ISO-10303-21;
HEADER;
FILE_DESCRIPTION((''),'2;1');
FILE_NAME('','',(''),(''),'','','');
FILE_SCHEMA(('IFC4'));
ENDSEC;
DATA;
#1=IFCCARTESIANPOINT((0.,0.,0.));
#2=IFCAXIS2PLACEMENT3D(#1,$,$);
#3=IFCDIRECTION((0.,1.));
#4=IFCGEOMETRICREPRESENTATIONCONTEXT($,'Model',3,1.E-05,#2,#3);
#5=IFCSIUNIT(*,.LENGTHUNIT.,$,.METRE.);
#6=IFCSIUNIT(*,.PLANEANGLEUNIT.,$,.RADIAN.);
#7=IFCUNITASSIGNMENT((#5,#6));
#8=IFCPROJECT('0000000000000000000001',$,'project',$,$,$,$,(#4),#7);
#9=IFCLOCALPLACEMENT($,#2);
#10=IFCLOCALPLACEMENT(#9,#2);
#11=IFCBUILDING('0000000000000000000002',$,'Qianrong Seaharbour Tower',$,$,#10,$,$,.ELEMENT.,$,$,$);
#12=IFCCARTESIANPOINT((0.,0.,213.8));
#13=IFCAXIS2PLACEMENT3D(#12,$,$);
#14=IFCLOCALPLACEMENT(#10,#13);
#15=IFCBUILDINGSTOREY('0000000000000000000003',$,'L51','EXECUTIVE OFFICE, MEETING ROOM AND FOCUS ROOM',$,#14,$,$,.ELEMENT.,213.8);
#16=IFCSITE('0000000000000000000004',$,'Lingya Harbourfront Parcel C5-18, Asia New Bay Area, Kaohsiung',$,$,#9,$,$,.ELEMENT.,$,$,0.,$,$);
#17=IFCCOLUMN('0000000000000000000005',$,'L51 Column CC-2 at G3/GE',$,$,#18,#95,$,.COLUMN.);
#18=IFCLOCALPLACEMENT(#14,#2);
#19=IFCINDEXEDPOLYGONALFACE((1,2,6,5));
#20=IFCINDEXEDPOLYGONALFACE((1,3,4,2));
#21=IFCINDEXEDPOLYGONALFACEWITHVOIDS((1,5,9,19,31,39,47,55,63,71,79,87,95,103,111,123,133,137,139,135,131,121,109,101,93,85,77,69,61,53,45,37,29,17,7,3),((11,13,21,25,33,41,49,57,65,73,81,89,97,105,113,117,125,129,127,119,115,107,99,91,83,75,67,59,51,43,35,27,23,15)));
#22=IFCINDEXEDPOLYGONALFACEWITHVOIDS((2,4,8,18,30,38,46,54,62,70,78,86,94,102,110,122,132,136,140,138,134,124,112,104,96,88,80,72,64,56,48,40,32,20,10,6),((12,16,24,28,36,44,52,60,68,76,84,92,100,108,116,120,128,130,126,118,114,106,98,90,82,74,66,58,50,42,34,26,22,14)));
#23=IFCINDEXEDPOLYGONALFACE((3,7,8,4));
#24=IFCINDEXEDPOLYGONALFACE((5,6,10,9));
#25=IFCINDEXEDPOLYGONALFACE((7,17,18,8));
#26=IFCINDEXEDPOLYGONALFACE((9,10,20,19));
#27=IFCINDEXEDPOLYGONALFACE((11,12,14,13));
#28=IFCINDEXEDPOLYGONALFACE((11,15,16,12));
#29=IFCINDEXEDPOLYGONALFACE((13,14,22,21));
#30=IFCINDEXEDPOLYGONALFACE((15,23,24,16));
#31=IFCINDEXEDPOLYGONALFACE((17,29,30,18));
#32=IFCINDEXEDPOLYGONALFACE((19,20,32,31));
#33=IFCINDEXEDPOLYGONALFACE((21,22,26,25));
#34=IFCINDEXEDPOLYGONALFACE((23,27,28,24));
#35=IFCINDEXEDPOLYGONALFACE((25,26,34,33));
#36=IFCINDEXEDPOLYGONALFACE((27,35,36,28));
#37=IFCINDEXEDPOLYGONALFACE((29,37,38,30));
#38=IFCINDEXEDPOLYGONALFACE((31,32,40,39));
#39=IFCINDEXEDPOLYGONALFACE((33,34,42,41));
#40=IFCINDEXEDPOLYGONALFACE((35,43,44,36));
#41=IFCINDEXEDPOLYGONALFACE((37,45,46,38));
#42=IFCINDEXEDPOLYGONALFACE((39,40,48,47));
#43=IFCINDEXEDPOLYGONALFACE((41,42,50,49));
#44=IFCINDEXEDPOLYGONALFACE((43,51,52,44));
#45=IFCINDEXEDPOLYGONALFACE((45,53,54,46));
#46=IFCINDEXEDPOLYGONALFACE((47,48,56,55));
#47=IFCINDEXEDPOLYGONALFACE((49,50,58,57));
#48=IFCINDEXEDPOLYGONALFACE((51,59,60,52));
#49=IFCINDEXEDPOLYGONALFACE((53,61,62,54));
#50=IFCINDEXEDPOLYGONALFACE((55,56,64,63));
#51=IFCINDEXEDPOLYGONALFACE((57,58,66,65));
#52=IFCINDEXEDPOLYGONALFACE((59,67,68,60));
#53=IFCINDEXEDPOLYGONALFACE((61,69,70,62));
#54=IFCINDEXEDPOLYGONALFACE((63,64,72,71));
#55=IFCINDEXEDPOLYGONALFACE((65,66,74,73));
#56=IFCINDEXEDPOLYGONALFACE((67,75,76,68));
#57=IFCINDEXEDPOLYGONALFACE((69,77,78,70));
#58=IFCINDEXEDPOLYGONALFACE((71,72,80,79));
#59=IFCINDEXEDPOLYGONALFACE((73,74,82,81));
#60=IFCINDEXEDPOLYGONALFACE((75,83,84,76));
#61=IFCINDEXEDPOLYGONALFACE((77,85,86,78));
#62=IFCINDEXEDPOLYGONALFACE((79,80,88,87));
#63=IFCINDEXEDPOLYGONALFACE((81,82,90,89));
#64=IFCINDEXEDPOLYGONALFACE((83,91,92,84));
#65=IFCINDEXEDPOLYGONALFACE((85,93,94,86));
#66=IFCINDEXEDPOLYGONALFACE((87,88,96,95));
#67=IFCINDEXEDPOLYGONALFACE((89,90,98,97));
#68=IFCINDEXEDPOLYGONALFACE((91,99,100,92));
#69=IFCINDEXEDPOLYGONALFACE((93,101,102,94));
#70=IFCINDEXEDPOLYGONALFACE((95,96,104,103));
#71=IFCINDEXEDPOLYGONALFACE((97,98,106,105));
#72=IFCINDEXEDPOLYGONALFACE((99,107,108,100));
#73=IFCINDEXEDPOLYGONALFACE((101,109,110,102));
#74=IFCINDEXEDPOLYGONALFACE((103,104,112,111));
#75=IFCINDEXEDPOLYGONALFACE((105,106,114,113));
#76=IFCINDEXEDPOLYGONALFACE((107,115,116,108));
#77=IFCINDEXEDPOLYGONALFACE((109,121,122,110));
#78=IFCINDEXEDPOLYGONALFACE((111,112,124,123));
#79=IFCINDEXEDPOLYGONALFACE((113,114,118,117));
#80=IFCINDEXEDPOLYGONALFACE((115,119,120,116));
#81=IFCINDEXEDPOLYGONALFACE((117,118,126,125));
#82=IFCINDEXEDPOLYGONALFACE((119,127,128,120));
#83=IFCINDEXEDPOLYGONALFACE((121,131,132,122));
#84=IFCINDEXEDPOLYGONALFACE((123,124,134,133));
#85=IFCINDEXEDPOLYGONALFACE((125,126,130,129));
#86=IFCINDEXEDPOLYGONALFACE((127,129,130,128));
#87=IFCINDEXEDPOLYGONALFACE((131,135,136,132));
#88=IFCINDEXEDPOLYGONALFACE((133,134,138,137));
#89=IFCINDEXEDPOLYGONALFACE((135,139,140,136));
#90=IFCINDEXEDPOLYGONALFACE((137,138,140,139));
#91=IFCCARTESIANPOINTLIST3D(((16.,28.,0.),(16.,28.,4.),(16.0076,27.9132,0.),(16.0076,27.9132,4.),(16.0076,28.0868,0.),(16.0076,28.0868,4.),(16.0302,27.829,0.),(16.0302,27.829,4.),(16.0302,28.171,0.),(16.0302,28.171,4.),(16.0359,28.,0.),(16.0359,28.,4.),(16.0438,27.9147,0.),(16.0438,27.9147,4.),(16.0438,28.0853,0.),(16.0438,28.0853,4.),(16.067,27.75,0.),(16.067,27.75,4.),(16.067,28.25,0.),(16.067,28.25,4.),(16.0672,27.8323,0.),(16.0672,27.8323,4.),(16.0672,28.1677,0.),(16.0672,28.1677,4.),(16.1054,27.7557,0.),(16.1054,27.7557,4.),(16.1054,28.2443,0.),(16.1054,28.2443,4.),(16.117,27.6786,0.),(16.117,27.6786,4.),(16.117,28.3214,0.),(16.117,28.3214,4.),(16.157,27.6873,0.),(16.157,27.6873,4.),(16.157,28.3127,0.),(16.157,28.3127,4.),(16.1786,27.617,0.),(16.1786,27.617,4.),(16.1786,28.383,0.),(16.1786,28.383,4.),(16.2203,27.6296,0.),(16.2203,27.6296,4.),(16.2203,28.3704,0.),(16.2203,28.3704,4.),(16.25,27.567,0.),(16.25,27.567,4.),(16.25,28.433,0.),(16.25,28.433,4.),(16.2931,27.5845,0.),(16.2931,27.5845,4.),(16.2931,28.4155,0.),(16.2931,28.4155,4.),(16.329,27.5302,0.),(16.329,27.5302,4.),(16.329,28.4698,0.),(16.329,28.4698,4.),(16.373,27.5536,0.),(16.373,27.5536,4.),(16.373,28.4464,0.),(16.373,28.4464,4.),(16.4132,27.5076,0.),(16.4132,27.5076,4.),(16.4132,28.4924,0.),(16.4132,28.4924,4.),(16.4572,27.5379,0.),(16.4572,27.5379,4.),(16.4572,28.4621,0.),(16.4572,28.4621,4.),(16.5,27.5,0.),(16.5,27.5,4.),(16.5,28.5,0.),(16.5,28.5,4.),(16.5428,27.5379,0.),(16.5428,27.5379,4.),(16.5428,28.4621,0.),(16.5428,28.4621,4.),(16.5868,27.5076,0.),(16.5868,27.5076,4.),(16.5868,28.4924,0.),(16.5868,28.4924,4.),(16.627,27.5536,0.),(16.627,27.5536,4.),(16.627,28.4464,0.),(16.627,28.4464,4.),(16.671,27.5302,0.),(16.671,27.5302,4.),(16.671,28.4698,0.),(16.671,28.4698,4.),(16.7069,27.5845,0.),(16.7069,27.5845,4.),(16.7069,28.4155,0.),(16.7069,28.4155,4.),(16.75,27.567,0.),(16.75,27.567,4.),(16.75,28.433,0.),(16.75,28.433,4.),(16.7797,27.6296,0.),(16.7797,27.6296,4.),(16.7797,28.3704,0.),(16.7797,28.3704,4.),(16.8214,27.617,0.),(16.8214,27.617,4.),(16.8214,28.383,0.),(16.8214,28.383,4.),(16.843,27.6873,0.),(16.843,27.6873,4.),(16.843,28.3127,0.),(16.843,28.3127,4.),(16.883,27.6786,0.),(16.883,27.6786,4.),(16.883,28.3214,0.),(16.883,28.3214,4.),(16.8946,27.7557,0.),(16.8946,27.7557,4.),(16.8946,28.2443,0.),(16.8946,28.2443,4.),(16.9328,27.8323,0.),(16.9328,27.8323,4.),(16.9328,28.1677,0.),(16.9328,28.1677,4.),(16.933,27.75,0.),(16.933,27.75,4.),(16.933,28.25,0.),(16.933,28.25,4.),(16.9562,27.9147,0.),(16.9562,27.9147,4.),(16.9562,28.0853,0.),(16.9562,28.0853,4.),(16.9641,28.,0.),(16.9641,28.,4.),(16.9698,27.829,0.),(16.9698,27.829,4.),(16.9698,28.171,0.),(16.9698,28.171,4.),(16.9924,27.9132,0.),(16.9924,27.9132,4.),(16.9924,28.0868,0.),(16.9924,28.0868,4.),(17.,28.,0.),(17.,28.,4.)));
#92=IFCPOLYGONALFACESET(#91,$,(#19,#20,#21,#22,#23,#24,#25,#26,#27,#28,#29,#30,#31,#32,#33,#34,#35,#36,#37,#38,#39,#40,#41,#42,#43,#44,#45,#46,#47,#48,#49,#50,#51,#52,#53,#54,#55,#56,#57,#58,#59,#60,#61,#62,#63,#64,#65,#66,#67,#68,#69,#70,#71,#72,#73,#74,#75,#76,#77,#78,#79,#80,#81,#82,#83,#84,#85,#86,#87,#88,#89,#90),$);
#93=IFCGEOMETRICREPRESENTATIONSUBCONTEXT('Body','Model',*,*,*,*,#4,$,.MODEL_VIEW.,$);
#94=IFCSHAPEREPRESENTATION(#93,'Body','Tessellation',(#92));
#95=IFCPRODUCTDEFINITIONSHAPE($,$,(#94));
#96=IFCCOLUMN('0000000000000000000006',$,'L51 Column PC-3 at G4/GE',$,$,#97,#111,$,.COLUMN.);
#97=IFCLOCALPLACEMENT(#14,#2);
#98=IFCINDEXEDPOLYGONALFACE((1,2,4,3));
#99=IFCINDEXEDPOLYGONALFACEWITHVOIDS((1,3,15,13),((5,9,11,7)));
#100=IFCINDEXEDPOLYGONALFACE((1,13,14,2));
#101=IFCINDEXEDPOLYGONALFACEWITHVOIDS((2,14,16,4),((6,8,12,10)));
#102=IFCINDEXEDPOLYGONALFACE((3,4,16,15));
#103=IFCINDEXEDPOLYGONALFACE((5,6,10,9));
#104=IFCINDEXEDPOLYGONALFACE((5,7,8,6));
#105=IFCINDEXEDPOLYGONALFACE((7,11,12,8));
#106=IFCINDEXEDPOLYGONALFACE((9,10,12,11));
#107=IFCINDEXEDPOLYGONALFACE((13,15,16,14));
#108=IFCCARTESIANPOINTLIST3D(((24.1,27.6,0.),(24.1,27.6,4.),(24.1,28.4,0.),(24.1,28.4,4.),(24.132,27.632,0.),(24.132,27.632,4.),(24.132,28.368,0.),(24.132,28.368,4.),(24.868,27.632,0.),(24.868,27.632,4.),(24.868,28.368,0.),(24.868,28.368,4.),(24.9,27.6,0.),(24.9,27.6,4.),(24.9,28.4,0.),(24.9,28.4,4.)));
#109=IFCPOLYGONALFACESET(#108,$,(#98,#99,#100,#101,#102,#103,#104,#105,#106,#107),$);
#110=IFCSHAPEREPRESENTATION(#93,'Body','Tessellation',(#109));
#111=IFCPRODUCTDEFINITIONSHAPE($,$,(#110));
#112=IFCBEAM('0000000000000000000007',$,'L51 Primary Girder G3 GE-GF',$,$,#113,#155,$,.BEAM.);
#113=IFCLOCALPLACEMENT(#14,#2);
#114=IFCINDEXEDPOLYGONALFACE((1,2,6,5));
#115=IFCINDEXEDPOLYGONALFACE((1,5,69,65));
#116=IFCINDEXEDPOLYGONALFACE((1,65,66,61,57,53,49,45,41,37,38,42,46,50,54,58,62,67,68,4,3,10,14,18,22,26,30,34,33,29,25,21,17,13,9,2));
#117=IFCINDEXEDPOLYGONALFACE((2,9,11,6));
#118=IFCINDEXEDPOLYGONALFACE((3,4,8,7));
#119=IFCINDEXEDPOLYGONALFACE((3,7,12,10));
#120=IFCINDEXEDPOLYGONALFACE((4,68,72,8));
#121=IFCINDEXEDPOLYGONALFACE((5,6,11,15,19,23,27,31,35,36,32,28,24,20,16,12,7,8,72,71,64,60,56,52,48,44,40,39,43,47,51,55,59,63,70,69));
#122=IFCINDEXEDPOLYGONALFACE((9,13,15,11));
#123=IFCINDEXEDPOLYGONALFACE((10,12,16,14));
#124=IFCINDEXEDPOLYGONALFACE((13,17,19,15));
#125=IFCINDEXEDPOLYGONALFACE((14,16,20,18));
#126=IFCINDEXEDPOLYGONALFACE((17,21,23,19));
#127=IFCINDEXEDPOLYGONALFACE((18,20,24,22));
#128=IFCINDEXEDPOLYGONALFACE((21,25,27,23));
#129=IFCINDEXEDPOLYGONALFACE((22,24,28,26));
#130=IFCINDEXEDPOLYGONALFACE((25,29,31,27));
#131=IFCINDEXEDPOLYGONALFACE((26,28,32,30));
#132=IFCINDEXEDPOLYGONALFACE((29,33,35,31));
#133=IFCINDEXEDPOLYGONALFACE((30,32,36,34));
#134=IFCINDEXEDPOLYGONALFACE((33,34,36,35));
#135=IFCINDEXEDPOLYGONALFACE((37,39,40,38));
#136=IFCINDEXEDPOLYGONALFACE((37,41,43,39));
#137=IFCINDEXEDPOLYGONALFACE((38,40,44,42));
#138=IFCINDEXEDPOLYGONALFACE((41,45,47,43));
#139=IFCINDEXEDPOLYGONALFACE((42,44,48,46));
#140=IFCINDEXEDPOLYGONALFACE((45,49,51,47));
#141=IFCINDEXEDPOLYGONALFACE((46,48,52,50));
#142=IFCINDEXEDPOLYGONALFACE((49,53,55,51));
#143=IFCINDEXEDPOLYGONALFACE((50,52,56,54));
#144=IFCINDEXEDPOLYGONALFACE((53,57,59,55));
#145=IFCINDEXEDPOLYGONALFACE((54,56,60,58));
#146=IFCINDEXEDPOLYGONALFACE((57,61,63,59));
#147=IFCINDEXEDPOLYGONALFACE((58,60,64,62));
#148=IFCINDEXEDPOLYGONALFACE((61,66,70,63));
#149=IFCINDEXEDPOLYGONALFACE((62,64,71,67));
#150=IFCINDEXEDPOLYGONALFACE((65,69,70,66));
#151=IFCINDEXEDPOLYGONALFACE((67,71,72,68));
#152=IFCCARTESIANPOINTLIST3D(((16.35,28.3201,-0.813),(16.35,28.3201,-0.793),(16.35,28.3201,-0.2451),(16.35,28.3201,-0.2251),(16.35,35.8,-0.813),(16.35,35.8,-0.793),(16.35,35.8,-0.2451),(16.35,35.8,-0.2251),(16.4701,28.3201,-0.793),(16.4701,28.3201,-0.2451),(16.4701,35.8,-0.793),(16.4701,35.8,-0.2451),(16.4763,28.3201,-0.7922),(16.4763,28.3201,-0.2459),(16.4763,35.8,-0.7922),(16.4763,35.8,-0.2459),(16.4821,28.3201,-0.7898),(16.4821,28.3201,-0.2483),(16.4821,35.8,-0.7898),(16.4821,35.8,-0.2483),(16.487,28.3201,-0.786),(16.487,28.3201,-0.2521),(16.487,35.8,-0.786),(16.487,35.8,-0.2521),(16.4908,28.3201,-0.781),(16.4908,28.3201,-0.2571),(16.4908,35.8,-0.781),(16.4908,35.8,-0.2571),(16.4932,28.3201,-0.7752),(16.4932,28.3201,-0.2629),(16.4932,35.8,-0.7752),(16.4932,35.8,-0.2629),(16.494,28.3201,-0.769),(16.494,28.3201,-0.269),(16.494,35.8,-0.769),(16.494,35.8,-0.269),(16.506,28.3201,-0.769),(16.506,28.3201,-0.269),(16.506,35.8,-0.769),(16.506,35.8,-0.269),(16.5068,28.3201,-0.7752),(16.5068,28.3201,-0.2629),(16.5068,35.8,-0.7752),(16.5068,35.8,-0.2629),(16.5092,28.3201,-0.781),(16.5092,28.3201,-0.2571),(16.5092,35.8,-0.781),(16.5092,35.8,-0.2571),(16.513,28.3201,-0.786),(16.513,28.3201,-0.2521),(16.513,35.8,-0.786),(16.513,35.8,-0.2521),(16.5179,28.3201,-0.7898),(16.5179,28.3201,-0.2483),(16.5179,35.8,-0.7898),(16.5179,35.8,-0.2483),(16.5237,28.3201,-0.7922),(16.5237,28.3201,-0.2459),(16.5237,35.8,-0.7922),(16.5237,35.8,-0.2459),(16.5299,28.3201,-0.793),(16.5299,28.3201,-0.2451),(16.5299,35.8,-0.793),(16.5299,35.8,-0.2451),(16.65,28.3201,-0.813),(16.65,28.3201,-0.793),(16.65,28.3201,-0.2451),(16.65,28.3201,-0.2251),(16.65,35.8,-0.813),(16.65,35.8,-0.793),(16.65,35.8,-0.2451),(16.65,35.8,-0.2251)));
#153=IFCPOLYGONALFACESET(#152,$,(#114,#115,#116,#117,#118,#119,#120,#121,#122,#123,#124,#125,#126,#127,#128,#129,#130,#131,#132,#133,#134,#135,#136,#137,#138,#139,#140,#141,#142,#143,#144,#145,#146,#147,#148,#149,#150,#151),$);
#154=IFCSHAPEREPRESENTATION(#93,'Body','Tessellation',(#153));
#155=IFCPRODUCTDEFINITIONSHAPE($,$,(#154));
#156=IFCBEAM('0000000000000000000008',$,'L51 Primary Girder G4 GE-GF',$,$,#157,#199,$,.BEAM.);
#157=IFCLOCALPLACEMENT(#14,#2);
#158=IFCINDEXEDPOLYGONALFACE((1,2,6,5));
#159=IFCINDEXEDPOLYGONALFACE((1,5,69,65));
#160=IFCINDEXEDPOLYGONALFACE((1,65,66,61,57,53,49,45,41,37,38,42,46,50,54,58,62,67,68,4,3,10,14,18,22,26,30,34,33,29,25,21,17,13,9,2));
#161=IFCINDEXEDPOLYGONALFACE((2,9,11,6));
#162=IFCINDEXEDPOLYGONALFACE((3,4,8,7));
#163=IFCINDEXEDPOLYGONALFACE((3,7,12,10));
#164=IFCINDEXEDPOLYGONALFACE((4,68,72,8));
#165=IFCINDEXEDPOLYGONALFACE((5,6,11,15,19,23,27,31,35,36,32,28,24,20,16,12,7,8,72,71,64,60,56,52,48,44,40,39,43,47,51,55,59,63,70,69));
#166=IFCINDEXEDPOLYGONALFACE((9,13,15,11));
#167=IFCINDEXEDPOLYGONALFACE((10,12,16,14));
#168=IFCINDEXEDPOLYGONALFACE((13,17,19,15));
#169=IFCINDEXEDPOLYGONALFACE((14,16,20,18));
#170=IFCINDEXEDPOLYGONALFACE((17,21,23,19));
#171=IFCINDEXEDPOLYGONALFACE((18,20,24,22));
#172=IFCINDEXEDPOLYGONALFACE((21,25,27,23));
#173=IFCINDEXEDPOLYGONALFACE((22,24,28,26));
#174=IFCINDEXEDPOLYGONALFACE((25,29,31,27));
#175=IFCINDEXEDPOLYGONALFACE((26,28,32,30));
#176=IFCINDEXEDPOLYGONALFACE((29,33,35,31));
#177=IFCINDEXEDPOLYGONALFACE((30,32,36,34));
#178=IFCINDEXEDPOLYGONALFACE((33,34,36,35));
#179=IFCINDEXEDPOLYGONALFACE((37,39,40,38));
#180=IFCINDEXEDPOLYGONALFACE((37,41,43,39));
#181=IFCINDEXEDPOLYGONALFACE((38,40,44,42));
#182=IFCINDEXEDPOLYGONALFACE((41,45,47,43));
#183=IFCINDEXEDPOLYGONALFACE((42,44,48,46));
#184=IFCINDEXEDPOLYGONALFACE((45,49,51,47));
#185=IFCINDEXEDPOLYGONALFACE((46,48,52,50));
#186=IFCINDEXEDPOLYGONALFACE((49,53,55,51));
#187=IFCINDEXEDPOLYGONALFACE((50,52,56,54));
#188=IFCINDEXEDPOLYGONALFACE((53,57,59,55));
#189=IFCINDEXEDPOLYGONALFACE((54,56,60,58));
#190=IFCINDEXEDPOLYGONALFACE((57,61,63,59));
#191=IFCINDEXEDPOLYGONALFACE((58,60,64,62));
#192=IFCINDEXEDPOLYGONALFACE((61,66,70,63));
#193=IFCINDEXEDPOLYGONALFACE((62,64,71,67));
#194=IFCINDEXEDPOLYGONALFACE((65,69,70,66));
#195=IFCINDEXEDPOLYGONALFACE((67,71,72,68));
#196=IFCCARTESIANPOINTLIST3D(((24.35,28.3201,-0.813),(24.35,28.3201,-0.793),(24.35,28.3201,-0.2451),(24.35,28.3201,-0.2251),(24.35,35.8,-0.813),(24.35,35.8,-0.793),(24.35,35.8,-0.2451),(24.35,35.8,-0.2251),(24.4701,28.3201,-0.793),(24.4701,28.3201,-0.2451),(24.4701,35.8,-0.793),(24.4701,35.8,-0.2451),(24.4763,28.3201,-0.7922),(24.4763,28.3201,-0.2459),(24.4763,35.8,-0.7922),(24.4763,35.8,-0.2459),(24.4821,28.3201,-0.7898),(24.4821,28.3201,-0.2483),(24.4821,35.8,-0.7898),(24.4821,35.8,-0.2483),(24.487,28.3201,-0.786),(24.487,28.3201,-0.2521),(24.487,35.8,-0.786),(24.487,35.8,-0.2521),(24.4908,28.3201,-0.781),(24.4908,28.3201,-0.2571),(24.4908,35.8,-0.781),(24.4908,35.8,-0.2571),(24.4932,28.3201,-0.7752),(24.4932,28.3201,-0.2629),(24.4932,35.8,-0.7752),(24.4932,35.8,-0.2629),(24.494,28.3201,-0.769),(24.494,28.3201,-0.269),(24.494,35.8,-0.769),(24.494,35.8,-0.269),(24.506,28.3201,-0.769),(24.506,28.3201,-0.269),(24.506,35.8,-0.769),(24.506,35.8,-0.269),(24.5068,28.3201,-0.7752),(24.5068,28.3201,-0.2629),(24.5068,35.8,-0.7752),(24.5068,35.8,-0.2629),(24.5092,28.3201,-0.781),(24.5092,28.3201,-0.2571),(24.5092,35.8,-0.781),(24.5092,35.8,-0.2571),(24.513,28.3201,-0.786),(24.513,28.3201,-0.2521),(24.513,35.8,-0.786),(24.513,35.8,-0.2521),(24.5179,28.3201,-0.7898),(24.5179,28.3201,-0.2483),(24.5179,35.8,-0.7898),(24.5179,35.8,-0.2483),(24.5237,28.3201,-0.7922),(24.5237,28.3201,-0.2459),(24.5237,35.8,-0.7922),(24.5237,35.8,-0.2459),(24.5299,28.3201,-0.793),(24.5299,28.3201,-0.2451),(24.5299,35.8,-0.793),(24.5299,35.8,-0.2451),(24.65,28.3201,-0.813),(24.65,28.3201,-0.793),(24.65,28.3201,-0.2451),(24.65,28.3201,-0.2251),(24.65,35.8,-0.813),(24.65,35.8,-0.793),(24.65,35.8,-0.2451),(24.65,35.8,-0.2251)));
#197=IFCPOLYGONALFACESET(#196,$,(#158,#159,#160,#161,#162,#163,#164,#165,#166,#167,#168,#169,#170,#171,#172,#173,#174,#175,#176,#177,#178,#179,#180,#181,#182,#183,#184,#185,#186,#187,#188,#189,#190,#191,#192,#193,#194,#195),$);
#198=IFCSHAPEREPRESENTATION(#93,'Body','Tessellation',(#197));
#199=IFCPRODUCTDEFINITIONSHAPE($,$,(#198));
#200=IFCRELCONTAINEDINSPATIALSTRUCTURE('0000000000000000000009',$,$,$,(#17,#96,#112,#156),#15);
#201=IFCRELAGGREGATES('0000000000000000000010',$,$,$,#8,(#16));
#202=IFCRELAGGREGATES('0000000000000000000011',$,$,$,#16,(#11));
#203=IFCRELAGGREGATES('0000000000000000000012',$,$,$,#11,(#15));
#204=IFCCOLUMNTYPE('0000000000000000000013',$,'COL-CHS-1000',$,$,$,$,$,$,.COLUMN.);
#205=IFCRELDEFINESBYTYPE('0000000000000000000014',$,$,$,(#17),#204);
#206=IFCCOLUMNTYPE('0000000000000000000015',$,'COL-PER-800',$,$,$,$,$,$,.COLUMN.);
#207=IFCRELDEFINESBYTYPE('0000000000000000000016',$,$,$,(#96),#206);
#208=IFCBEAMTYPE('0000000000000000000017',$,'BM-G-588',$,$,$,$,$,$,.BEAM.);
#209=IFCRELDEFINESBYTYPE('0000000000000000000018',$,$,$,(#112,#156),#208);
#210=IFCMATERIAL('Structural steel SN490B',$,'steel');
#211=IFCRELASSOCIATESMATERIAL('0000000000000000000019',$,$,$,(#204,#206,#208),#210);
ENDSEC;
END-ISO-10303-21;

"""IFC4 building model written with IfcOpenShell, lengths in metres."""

from ifc_helpers import new_model, si_unit, direction, frame, origin, origin_2d, place, context, subcontext, project, spatial, hollow_rectangle, hollow_circle, i_section, extrude, material, material_profile, profile_set, type_object, element, save


model = new_model("IFC4")

# Units and contexts
model_context = context("Model", 3, precision=1e-05, world=origin(), true_north=direction((0.0, 1.0)))
body_context = subcontext(model_context, "Body", "Model", "MODEL_VIEW")
ifc_project = project(units=[si_unit("LENGTHUNIT", "METRE"), si_unit("PLANEANGLEUNIT", "RADIAN")], contexts=[model_context])

# Site, building, storey
site_placement = place(None, origin())
site = spatial("IfcSite", under=ifc_project, at=site_placement, Name="Lingya Harbourfront Parcel C5-18, Asia New Bay Area, Kaohsiung", CompositionType="ELEMENT", RefElevation=0.0)
building_placement = place(site_placement, origin())
building = spatial("IfcBuilding", under=site, at=building_placement, Name="Qianrong Seaharbour Tower", CompositionType="ELEMENT")
storey_placement = place(building_placement, frame((0.0, 0.0, 213.8)))
storey = spatial("IfcBuildingStorey", under=building, at=storey_placement, Name="L51", Description="EXECUTIVE OFFICE, MEETING ROOM AND FOCUS ROOM", CompositionType="ELEMENT", Elevation=213.8)

# Columns
ifc_material_1 = material(Name="Structural steel SN490B", Category="steel")
ifc_material_profile_1 = material_profile(ifc_material_1, hollow_circle(Radius=0.5, WallThickness=0.0359, at=origin_2d()), Name="CHS1000x36")
ifc_profile_set_1 = profile_set([ifc_material_profile_1], Name="Structural steel SN490B")
column_type_1 = type_object("IfcColumnType", Name="COL-CHS-1000", PredefinedType="COLUMN", material=ifc_profile_set_1)
column_1_placement = place(storey_placement, frame((16.5, 28.0, 0.0), z_axis=(0.0, 0.0, 1.0), x_axis=(1.0, 0.0, 0.0)))
element("IfcColumn", 1, at=column_1_placement, inside=storey, type_object=column_type_1, Name="L51 Column CC-2 at G3/GE", PredefinedType="COLUMN", context=body_context, shape_type="SweptSolid", body=[
    extrude(hollow_circle(Radius=0.5, WallThickness=0.0359, at=origin_2d()), origin(), (0.0, 0.0, 1.0), 4.0),
])
ifc_material_profile_2 = material_profile(ifc_material_1, hollow_rectangle(XDim=0.8, YDim=0.8, WallThickness=0.032, at=origin_2d()), Name="BOX800x800x32")
ifc_profile_set_2 = profile_set([ifc_material_profile_2], Name="Structural steel SN490B")
column_type_2 = type_object("IfcColumnType", Name="COL-PER-800", PredefinedType="COLUMN", material=ifc_profile_set_2)
column_2_placement = place(storey_placement, frame((24.5, 28.0, 0.0), z_axis=(0.0, 0.0, 1.0), x_axis=(1.0, 0.0, 0.0)))
element("IfcColumn", 2, at=column_2_placement, inside=storey, type_object=column_type_2, Name="L51 Column PC-3 at G4/GE", PredefinedType="COLUMN", context=body_context, shape_type="SweptSolid", body=[
    extrude(hollow_rectangle(XDim=0.8, YDim=0.8, WallThickness=0.032, at=origin_2d()), origin(), (0.0, 0.0, 1.0), 4.0),
])

# Beams
ifc_material_profile_3 = material_profile(ifc_material_1, i_section(OverallWidth=0.3, OverallDepth=0.5879, WebThickness=0.012, FlangeThickness=0.02, FilletRadius=0.0239, at=origin_2d()), Name="H588x300x12x20")
ifc_profile_set_3 = profile_set([ifc_material_profile_3], Name="Structural steel SN490B")
beam_type_1 = type_object("IfcBeamType", Name="BM-G-588", PredefinedType="BEAM", material=ifc_profile_set_3)
for number, where, z_axis, x_axis, name in (
    (3, (16.5, 28.3201, -0.519), (0.0, 1.0, 0.0), (-1.0, 0.0, 0.0), "L51 Primary Girder G3 GE-GF"),
    (4, (24.5, 28.3201, -0.519), (0.0, 1.0, 0.0), (-1.0, 0.0, 0.0), "L51 Primary Girder G4 GE-GF"),
):
    element("IfcBeam", number, at=place(storey_placement, frame(where, z_axis=z_axis, x_axis=x_axis)), inside=storey, type_object=beam_type_1, Name=name, PredefinedType="BEAM", context=body_context, shape_type="SweptSolid", body=[
        extrude(i_section(OverallWidth=0.3, OverallDepth=0.5879, WebThickness=0.012, FlangeThickness=0.02, FilletRadius=0.0239, at=origin_2d()), origin(), (0.0, 0.0, 1.0), 7.48),
    ])

save(model, "model.ifc")
